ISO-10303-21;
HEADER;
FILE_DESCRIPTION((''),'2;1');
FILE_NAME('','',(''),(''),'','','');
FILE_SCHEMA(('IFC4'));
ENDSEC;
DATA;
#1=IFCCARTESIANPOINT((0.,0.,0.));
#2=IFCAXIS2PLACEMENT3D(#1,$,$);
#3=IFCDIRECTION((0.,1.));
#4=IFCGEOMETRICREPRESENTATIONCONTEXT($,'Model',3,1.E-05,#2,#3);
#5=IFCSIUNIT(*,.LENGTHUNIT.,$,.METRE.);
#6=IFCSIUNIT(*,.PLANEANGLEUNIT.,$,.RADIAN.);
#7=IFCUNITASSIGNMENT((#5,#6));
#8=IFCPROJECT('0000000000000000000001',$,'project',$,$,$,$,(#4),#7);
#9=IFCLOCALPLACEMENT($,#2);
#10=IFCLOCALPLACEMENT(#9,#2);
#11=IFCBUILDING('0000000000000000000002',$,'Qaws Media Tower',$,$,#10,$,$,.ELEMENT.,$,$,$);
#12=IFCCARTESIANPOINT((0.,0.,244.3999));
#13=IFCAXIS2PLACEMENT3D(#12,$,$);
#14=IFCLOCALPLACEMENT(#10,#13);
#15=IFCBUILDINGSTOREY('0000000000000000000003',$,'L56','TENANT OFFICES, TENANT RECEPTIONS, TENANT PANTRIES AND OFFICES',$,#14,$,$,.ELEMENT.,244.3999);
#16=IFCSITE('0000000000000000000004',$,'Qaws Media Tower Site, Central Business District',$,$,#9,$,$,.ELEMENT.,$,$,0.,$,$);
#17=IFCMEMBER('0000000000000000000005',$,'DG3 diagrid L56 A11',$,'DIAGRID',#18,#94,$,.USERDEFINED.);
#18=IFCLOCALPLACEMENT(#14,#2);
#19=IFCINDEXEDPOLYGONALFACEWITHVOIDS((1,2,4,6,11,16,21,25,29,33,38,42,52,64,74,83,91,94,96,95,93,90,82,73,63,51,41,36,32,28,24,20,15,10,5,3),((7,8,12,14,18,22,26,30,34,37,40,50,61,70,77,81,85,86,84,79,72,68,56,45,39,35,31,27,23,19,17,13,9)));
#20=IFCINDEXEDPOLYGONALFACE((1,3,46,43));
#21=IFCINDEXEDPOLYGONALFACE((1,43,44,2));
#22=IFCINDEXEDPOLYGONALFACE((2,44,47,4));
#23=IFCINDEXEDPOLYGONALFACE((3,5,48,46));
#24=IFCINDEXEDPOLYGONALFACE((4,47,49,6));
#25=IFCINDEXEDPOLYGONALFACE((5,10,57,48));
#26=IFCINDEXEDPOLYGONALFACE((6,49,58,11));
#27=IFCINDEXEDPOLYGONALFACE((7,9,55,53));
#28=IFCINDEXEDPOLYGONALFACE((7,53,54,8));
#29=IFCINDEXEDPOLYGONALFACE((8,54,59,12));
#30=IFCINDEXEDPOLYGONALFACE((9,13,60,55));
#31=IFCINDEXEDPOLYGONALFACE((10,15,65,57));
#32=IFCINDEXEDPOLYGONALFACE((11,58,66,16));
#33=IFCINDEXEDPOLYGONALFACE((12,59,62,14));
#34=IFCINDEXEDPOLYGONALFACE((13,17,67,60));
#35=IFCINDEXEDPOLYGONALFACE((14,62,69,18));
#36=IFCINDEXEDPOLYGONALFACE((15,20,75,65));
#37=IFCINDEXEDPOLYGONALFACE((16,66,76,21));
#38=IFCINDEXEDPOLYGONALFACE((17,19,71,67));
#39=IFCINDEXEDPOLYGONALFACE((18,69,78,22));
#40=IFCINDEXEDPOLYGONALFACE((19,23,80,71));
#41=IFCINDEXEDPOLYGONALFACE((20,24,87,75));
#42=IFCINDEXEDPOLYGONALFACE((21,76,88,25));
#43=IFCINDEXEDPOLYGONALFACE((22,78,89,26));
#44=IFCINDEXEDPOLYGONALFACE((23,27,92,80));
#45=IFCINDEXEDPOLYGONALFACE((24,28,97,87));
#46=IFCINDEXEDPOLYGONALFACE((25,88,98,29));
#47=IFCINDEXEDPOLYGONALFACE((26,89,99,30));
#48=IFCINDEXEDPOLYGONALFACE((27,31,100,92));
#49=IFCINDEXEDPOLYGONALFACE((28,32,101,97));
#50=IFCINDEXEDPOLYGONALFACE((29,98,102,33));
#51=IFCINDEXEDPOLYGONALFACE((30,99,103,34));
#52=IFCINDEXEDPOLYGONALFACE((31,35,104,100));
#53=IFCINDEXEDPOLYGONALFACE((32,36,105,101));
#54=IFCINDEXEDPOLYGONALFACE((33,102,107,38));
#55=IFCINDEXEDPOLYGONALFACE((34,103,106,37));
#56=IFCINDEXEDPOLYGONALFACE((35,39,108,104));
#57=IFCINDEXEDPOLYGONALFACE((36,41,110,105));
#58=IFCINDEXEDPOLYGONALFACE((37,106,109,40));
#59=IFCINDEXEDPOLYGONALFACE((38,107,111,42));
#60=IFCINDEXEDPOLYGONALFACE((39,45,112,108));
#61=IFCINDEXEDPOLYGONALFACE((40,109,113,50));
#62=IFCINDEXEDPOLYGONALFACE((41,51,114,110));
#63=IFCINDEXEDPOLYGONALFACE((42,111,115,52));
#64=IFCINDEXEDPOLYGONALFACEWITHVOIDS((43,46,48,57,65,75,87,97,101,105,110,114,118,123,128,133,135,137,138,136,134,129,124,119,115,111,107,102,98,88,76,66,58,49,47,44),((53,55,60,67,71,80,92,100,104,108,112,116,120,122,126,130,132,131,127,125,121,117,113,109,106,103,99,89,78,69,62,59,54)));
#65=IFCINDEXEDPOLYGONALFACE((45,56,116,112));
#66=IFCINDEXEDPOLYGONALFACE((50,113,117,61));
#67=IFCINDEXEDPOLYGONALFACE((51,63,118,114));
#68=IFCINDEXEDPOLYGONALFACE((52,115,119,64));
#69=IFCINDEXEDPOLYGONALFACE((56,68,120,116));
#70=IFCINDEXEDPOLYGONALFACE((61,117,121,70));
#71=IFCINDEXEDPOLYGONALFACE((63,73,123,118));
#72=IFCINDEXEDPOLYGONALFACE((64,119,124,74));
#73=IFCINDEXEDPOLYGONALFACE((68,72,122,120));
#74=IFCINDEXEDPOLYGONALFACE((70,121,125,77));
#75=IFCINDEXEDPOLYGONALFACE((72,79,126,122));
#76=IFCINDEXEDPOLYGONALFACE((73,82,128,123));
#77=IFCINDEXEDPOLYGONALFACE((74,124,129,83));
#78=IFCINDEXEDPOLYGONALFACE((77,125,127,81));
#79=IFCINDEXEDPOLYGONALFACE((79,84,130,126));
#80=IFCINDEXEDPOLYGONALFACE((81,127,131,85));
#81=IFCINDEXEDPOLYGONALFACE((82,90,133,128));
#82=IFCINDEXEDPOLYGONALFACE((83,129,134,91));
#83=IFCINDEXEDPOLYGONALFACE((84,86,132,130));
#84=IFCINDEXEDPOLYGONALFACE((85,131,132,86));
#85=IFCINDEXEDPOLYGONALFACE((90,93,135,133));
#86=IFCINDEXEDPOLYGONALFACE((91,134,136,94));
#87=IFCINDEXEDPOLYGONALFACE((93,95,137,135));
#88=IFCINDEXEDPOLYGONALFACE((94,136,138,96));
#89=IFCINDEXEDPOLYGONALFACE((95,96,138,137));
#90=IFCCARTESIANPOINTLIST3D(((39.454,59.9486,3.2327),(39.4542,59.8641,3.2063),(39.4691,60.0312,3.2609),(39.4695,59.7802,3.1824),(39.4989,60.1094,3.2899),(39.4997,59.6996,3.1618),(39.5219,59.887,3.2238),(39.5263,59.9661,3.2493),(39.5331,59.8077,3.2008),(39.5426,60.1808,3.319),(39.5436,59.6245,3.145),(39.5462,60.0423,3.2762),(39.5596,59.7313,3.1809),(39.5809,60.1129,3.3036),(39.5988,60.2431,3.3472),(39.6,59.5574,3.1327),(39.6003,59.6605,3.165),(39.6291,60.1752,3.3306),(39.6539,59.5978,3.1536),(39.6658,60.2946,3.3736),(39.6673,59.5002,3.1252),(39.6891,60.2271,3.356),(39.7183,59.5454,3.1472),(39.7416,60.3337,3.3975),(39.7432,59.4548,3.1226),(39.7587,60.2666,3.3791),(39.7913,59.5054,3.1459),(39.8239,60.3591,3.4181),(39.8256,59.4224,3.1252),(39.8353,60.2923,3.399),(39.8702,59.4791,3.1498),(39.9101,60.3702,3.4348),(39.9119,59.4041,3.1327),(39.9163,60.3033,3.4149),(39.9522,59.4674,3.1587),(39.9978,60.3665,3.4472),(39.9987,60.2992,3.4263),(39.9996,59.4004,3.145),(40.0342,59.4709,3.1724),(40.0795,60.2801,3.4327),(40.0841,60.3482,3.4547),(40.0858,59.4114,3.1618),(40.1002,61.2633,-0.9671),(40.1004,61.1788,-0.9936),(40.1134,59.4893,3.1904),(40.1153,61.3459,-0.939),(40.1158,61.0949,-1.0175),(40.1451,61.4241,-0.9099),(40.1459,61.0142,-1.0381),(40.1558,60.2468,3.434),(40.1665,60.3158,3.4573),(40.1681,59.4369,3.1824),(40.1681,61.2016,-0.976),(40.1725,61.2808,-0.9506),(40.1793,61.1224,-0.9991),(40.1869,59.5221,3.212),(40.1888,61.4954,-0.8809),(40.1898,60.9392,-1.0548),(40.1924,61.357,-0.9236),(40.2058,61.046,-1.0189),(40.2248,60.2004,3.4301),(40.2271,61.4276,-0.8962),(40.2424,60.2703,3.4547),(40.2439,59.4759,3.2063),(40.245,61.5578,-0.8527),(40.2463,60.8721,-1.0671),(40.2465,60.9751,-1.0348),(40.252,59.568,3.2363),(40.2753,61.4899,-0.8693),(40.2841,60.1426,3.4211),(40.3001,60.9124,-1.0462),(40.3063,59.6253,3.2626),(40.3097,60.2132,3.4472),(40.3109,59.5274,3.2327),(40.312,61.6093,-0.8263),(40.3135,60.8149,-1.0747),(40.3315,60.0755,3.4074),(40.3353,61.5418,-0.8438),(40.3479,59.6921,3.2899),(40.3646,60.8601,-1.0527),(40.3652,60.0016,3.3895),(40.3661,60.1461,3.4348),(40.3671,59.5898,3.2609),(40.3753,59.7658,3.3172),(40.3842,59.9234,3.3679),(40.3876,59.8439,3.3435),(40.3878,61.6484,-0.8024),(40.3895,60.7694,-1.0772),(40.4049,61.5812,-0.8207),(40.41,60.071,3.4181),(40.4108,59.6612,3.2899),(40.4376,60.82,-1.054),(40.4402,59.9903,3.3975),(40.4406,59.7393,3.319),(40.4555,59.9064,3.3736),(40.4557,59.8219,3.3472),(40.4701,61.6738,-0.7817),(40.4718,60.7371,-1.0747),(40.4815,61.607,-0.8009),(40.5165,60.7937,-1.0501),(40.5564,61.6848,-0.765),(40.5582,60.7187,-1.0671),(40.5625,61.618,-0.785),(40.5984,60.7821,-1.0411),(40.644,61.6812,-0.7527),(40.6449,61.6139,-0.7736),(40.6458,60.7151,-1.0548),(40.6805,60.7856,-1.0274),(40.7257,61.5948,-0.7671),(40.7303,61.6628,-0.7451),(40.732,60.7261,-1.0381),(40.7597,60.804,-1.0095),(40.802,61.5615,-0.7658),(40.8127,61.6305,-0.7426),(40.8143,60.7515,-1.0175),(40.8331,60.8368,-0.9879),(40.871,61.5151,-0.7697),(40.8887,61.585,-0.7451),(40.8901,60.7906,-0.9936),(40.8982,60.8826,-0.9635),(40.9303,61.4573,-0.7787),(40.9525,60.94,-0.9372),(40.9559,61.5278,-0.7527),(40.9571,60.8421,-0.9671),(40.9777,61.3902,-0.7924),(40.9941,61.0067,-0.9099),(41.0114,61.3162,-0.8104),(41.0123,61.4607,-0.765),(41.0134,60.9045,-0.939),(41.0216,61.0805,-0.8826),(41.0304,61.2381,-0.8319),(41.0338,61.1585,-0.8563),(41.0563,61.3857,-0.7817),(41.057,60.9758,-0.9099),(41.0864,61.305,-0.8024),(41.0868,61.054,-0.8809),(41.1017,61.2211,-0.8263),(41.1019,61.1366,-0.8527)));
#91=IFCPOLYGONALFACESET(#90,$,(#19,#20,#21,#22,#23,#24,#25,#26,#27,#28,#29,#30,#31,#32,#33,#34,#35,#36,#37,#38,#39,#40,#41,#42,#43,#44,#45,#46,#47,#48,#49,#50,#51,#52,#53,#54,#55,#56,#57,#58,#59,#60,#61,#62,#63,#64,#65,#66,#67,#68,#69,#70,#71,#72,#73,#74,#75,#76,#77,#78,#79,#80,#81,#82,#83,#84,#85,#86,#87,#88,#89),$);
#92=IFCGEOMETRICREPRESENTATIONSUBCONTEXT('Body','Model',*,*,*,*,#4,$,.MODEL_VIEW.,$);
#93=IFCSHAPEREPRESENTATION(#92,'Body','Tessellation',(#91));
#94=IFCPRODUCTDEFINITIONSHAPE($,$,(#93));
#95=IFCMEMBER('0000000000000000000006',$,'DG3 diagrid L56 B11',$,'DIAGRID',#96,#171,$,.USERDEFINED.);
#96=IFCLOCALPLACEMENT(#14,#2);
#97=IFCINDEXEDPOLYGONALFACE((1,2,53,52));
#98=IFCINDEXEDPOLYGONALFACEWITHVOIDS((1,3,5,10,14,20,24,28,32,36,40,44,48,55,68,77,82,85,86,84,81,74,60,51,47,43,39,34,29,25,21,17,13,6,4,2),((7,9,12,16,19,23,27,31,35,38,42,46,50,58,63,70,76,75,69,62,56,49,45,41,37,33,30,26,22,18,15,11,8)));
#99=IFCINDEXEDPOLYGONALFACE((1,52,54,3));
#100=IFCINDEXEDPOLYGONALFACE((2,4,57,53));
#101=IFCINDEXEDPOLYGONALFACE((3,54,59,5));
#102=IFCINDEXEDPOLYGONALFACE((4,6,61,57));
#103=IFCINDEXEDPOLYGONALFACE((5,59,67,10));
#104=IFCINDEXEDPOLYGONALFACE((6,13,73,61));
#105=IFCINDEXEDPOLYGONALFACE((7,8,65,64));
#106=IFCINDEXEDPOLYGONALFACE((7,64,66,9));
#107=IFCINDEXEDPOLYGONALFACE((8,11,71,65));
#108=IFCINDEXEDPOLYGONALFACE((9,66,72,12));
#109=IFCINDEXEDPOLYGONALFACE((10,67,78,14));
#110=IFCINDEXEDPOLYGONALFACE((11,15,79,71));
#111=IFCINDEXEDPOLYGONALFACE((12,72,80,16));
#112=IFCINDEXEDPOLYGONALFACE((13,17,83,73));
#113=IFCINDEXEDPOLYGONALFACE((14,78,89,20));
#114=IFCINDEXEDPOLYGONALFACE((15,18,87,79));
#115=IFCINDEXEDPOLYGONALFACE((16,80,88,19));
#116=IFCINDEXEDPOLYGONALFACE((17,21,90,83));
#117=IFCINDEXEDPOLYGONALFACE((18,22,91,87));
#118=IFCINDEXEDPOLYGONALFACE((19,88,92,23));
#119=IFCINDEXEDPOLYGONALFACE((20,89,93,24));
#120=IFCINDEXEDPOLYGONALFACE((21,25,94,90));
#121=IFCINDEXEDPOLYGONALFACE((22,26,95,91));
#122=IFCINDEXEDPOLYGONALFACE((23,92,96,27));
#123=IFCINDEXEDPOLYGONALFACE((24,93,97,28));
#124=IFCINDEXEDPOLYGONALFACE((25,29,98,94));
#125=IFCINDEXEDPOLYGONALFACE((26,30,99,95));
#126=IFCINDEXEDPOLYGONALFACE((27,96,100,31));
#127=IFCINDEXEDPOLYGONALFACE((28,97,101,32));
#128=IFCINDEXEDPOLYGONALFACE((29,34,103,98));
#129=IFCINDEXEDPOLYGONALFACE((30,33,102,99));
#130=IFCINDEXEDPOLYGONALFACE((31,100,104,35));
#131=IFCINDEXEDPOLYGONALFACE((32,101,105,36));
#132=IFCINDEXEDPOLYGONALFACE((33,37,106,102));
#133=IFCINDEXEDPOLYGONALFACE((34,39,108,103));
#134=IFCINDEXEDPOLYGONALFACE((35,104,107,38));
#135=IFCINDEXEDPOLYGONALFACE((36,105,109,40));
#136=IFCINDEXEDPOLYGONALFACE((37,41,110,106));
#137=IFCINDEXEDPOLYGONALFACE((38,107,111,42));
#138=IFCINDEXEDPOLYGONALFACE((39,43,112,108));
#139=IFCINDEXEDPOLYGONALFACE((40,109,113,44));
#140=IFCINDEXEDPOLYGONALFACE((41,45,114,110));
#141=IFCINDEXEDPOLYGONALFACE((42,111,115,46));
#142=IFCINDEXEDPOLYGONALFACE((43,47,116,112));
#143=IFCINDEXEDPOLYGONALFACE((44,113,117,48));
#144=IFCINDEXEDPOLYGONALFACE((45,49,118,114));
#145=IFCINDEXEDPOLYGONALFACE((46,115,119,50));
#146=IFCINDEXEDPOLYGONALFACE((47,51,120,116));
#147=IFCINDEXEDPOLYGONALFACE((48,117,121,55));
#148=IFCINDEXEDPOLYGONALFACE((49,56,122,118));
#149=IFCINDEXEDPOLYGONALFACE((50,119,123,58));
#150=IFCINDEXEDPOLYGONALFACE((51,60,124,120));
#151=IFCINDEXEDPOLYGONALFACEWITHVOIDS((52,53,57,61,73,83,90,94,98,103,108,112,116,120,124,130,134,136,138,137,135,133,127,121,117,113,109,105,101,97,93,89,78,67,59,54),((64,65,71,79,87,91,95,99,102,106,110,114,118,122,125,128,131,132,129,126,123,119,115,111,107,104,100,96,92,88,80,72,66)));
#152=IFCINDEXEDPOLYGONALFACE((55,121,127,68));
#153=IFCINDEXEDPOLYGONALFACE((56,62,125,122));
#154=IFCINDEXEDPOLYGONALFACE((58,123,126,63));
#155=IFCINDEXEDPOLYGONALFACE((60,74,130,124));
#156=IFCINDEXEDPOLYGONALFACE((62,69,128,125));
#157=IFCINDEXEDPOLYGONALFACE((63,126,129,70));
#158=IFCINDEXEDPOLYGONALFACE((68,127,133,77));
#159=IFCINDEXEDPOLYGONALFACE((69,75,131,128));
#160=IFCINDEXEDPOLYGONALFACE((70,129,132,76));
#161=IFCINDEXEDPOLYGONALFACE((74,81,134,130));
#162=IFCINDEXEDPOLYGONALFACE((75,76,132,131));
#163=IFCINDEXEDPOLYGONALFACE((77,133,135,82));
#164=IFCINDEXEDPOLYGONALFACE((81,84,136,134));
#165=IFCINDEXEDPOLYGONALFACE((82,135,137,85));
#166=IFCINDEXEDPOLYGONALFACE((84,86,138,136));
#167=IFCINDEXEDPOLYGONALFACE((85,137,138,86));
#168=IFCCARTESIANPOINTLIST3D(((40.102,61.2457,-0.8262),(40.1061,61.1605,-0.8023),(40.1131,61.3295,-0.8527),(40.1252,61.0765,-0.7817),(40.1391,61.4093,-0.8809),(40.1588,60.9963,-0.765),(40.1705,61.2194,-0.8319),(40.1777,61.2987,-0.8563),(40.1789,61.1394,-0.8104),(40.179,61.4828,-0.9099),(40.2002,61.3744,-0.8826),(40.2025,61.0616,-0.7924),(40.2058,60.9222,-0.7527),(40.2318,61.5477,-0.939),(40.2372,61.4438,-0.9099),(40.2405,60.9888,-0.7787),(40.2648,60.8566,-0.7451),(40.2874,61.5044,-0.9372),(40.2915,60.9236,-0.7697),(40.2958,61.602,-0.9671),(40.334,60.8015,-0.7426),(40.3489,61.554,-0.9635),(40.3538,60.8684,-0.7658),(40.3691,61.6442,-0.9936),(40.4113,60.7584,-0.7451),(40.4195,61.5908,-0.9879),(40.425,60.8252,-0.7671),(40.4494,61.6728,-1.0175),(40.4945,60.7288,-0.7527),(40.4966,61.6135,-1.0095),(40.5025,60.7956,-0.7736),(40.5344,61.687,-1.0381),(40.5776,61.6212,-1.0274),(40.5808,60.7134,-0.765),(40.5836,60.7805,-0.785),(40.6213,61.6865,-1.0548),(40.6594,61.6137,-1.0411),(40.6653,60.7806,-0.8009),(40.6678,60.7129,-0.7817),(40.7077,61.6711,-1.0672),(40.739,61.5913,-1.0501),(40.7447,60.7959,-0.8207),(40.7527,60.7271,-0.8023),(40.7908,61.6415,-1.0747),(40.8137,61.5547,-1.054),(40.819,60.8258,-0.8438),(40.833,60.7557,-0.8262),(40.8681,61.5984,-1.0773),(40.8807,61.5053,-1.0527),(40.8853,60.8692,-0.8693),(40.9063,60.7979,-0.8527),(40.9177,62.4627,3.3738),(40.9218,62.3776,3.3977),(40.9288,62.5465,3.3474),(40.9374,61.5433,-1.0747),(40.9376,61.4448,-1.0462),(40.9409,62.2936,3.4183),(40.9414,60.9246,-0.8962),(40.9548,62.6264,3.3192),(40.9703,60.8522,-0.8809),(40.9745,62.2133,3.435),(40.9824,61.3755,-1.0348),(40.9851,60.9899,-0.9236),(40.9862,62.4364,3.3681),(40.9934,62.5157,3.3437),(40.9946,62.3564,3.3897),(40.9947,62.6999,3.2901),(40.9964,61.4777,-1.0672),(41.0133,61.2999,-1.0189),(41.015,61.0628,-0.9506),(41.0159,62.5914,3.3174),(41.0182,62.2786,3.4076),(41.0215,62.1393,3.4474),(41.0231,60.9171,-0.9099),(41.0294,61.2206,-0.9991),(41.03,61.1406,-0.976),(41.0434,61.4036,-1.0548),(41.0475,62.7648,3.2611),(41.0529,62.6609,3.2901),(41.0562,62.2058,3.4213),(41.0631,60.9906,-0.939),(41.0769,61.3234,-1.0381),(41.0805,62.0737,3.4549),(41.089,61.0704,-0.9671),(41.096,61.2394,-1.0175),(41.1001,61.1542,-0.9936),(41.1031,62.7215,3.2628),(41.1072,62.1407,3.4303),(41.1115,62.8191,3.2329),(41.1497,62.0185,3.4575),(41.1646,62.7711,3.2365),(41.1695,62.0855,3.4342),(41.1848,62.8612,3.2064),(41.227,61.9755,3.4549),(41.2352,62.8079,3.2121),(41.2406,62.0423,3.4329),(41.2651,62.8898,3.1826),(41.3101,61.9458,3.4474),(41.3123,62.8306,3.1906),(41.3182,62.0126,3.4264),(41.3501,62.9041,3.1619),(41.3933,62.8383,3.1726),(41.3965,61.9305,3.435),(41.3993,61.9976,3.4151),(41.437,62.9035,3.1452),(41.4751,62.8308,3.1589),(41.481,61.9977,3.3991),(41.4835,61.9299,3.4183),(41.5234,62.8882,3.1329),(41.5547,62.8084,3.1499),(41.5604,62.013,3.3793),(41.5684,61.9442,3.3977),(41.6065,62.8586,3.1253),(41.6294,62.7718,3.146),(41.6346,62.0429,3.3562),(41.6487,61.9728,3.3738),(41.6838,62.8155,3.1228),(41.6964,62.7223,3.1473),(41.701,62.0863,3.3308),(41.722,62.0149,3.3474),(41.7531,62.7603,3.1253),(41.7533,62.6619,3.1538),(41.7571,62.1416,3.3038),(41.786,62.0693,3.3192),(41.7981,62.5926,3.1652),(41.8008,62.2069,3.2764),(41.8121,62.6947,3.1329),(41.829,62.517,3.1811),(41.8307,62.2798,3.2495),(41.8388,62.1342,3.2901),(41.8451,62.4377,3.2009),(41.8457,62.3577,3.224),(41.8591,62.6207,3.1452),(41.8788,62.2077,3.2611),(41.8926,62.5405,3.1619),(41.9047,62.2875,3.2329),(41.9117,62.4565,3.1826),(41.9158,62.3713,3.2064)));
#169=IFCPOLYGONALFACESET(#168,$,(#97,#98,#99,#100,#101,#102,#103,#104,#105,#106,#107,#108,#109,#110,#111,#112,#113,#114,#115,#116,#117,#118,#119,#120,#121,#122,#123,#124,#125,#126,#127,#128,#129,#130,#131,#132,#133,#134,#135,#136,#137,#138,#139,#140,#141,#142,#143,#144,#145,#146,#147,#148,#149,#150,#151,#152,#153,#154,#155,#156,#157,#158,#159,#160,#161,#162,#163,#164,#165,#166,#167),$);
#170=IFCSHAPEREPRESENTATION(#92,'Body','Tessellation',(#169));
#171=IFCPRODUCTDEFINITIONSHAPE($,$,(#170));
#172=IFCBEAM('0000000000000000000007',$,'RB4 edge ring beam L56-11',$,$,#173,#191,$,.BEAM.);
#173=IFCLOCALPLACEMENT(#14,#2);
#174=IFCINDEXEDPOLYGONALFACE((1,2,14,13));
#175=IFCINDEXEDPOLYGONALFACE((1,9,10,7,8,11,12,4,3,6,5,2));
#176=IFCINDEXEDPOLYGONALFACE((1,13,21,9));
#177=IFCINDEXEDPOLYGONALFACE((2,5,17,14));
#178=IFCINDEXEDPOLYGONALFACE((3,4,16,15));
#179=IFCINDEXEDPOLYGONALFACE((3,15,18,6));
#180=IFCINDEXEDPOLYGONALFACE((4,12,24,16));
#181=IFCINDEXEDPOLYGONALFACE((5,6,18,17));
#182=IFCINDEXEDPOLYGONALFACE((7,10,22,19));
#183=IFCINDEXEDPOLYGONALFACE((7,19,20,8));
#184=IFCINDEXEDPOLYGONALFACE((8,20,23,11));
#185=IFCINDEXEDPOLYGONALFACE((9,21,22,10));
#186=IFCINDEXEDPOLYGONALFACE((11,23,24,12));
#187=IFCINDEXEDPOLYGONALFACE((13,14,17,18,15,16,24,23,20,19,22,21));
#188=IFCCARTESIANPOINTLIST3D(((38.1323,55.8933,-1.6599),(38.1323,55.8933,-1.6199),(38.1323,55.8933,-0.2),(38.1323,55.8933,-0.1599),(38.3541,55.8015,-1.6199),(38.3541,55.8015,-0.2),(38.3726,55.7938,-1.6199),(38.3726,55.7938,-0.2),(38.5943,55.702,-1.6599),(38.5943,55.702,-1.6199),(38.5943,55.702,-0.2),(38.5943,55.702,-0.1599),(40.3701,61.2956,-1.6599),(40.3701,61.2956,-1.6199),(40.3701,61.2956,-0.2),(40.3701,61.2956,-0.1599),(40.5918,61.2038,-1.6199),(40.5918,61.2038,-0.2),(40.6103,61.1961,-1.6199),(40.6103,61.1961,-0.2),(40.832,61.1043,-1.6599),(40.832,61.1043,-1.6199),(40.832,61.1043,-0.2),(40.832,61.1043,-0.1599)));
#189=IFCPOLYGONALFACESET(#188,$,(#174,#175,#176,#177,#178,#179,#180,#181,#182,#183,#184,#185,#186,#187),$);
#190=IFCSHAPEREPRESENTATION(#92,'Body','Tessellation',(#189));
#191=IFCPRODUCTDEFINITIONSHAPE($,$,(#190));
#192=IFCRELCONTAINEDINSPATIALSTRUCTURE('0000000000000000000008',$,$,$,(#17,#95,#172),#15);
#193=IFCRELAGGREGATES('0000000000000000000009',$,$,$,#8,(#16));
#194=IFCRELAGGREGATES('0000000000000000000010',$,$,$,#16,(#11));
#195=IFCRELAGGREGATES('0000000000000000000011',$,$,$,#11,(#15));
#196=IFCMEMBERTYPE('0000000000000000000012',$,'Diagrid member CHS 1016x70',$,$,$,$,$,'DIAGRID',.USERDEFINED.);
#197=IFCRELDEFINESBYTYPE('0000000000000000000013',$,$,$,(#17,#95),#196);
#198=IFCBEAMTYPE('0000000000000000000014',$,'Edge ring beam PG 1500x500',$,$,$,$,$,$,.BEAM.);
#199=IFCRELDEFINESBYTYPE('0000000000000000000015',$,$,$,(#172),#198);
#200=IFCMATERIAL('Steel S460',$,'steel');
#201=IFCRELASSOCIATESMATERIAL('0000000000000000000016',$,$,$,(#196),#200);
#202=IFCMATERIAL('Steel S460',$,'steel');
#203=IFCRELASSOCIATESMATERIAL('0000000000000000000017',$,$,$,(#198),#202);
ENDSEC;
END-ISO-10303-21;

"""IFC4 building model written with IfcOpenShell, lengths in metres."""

from ifc_helpers import new_model, si_unit, direction, frame, origin, origin_2d, place, context, subcontext, project, spatial, hollow_circle, i_section, extrude, material, material_profile, profile_set, type_object, element, save


model = new_model("IFC4")

# Units and contexts
model_context = context("Model", 3, precision=1e-05, world=origin(), true_north=direction((0.0, 1.0)))
body_context = subcontext(model_context, "Body", "Model", "MODEL_VIEW")
ifc_project = project(units=[si_unit("LENGTHUNIT", "METRE"), si_unit("PLANEANGLEUNIT", "RADIAN")], contexts=[model_context])

# Site, building, storey
site_placement = place(None, origin())
site = spatial("IfcSite", under=ifc_project, at=site_placement, Name="Qaws Media Tower Site, Central Business District", CompositionType="ELEMENT", RefElevation=0.0)
building_placement = place(site_placement, origin())
building = spatial("IfcBuilding", under=site, at=building_placement, Name="Qaws Media Tower", CompositionType="ELEMENT")
storey_placement = place(building_placement, frame((0.0, 0.0, 244.3999)))
storey = spatial("IfcBuildingStorey", under=building, at=storey_placement, Name="L56", Description="TENANT OFFICES, TENANT RECEPTIONS, TENANT PANTRIES AND OFFICES", CompositionType="ELEMENT", Elevation=244.3999)

# Members
ifc_material_1 = material(Name="Steel S460", Category="steel")
ifc_material_profile_1 = material_profile(ifc_material_1, hollow_circle(Radius=0.5081, WallThickness=0.0701, at=origin_2d()), Name="CHS 1016x70")
ifc_profile_set_1 = profile_set([ifc_material_profile_1], Name="Steel S460")
member_type_1 = type_object("IfcMemberType", Name="Diagrid member CHS 1016x70", ElementType="DIAGRID", PredefinedType="USERDEFINED", material=ifc_profile_set_1)
member_1_placement = place(storey_placement, frame((40.6011, 61.2, -0.9099), z_axis=(-0.145284, -0.295563, 0.944211), x_axis=(0.89744, -0.441137, 0.0)))
element("IfcMember", 1, at=member_1_placement, inside=storey, type_object=member_type_1, Name="DG3 diagrid L56 A11", ObjectType="DIAGRID", PredefinedType="USERDEFINED", context=body_context, shape_type="SweptSolid", body=[
    extrude(hollow_circle(Radius=0.5081, WallThickness=0.0701, at=origin_2d()), origin(), (0.0, 0.0, 1.0), 4.448),
])
member_2_placement = place(storey_placement, frame((40.6011, 61.2, -0.9099), z_axis=(0.183373, 0.273606, 0.9442), x_axis=(-0.830689, 0.556737, 0.0)))
element("IfcMember", 2, at=member_2_placement, inside=storey, type_object=member_type_1, Name="DG3 diagrid L56 B11", ObjectType="DIAGRID", PredefinedType="USERDEFINED", context=body_context, shape_type="SweptSolid", body=[
    extrude(hollow_circle(Radius=0.5081, WallThickness=0.0701, at=origin_2d()), origin(), (0.0, 0.0, 1.0), 4.4482),
])

# Beam
ifc_material_2 = material(Name="Steel S460", Category="steel")
ifc_material_profile_2 = material_profile(ifc_material_2, i_section(OverallWidth=0.5, OverallDepth=1.5, WebThickness=0.02, FlangeThickness=0.04, at=origin_2d()), Name="PG 1500x500")
ifc_profile_set_2 = profile_set([ifc_material_profile_2], Name="Steel S460")
beam_type_1 = type_object("IfcBeamType", Name="Edge ring beam PG 1500x500", PredefinedType="BEAM", material=ifc_profile_set_2)
beam_1_placement = place(storey_placement, frame((40.6011, 61.2, -0.9099), z_axis=(-0.382693, -0.923875, 0.0), x_axis=(0.923875, -0.382693, 0.0)))
element("IfcBeam", 3, at=beam_1_placement, inside=storey, type_object=beam_type_1, Name="RB4 edge ring beam L56-11", PredefinedType="BEAM", context=body_context, shape_type="SweptSolid", body=[
    extrude(i_section(OverallWidth=0.5, OverallDepth=1.5, WebThickness=0.02, FlangeThickness=0.04, at=origin_2d()), origin(), (0.0, 0.0, 1.0), 5.8474),
])

save(model, "model.ifc")
